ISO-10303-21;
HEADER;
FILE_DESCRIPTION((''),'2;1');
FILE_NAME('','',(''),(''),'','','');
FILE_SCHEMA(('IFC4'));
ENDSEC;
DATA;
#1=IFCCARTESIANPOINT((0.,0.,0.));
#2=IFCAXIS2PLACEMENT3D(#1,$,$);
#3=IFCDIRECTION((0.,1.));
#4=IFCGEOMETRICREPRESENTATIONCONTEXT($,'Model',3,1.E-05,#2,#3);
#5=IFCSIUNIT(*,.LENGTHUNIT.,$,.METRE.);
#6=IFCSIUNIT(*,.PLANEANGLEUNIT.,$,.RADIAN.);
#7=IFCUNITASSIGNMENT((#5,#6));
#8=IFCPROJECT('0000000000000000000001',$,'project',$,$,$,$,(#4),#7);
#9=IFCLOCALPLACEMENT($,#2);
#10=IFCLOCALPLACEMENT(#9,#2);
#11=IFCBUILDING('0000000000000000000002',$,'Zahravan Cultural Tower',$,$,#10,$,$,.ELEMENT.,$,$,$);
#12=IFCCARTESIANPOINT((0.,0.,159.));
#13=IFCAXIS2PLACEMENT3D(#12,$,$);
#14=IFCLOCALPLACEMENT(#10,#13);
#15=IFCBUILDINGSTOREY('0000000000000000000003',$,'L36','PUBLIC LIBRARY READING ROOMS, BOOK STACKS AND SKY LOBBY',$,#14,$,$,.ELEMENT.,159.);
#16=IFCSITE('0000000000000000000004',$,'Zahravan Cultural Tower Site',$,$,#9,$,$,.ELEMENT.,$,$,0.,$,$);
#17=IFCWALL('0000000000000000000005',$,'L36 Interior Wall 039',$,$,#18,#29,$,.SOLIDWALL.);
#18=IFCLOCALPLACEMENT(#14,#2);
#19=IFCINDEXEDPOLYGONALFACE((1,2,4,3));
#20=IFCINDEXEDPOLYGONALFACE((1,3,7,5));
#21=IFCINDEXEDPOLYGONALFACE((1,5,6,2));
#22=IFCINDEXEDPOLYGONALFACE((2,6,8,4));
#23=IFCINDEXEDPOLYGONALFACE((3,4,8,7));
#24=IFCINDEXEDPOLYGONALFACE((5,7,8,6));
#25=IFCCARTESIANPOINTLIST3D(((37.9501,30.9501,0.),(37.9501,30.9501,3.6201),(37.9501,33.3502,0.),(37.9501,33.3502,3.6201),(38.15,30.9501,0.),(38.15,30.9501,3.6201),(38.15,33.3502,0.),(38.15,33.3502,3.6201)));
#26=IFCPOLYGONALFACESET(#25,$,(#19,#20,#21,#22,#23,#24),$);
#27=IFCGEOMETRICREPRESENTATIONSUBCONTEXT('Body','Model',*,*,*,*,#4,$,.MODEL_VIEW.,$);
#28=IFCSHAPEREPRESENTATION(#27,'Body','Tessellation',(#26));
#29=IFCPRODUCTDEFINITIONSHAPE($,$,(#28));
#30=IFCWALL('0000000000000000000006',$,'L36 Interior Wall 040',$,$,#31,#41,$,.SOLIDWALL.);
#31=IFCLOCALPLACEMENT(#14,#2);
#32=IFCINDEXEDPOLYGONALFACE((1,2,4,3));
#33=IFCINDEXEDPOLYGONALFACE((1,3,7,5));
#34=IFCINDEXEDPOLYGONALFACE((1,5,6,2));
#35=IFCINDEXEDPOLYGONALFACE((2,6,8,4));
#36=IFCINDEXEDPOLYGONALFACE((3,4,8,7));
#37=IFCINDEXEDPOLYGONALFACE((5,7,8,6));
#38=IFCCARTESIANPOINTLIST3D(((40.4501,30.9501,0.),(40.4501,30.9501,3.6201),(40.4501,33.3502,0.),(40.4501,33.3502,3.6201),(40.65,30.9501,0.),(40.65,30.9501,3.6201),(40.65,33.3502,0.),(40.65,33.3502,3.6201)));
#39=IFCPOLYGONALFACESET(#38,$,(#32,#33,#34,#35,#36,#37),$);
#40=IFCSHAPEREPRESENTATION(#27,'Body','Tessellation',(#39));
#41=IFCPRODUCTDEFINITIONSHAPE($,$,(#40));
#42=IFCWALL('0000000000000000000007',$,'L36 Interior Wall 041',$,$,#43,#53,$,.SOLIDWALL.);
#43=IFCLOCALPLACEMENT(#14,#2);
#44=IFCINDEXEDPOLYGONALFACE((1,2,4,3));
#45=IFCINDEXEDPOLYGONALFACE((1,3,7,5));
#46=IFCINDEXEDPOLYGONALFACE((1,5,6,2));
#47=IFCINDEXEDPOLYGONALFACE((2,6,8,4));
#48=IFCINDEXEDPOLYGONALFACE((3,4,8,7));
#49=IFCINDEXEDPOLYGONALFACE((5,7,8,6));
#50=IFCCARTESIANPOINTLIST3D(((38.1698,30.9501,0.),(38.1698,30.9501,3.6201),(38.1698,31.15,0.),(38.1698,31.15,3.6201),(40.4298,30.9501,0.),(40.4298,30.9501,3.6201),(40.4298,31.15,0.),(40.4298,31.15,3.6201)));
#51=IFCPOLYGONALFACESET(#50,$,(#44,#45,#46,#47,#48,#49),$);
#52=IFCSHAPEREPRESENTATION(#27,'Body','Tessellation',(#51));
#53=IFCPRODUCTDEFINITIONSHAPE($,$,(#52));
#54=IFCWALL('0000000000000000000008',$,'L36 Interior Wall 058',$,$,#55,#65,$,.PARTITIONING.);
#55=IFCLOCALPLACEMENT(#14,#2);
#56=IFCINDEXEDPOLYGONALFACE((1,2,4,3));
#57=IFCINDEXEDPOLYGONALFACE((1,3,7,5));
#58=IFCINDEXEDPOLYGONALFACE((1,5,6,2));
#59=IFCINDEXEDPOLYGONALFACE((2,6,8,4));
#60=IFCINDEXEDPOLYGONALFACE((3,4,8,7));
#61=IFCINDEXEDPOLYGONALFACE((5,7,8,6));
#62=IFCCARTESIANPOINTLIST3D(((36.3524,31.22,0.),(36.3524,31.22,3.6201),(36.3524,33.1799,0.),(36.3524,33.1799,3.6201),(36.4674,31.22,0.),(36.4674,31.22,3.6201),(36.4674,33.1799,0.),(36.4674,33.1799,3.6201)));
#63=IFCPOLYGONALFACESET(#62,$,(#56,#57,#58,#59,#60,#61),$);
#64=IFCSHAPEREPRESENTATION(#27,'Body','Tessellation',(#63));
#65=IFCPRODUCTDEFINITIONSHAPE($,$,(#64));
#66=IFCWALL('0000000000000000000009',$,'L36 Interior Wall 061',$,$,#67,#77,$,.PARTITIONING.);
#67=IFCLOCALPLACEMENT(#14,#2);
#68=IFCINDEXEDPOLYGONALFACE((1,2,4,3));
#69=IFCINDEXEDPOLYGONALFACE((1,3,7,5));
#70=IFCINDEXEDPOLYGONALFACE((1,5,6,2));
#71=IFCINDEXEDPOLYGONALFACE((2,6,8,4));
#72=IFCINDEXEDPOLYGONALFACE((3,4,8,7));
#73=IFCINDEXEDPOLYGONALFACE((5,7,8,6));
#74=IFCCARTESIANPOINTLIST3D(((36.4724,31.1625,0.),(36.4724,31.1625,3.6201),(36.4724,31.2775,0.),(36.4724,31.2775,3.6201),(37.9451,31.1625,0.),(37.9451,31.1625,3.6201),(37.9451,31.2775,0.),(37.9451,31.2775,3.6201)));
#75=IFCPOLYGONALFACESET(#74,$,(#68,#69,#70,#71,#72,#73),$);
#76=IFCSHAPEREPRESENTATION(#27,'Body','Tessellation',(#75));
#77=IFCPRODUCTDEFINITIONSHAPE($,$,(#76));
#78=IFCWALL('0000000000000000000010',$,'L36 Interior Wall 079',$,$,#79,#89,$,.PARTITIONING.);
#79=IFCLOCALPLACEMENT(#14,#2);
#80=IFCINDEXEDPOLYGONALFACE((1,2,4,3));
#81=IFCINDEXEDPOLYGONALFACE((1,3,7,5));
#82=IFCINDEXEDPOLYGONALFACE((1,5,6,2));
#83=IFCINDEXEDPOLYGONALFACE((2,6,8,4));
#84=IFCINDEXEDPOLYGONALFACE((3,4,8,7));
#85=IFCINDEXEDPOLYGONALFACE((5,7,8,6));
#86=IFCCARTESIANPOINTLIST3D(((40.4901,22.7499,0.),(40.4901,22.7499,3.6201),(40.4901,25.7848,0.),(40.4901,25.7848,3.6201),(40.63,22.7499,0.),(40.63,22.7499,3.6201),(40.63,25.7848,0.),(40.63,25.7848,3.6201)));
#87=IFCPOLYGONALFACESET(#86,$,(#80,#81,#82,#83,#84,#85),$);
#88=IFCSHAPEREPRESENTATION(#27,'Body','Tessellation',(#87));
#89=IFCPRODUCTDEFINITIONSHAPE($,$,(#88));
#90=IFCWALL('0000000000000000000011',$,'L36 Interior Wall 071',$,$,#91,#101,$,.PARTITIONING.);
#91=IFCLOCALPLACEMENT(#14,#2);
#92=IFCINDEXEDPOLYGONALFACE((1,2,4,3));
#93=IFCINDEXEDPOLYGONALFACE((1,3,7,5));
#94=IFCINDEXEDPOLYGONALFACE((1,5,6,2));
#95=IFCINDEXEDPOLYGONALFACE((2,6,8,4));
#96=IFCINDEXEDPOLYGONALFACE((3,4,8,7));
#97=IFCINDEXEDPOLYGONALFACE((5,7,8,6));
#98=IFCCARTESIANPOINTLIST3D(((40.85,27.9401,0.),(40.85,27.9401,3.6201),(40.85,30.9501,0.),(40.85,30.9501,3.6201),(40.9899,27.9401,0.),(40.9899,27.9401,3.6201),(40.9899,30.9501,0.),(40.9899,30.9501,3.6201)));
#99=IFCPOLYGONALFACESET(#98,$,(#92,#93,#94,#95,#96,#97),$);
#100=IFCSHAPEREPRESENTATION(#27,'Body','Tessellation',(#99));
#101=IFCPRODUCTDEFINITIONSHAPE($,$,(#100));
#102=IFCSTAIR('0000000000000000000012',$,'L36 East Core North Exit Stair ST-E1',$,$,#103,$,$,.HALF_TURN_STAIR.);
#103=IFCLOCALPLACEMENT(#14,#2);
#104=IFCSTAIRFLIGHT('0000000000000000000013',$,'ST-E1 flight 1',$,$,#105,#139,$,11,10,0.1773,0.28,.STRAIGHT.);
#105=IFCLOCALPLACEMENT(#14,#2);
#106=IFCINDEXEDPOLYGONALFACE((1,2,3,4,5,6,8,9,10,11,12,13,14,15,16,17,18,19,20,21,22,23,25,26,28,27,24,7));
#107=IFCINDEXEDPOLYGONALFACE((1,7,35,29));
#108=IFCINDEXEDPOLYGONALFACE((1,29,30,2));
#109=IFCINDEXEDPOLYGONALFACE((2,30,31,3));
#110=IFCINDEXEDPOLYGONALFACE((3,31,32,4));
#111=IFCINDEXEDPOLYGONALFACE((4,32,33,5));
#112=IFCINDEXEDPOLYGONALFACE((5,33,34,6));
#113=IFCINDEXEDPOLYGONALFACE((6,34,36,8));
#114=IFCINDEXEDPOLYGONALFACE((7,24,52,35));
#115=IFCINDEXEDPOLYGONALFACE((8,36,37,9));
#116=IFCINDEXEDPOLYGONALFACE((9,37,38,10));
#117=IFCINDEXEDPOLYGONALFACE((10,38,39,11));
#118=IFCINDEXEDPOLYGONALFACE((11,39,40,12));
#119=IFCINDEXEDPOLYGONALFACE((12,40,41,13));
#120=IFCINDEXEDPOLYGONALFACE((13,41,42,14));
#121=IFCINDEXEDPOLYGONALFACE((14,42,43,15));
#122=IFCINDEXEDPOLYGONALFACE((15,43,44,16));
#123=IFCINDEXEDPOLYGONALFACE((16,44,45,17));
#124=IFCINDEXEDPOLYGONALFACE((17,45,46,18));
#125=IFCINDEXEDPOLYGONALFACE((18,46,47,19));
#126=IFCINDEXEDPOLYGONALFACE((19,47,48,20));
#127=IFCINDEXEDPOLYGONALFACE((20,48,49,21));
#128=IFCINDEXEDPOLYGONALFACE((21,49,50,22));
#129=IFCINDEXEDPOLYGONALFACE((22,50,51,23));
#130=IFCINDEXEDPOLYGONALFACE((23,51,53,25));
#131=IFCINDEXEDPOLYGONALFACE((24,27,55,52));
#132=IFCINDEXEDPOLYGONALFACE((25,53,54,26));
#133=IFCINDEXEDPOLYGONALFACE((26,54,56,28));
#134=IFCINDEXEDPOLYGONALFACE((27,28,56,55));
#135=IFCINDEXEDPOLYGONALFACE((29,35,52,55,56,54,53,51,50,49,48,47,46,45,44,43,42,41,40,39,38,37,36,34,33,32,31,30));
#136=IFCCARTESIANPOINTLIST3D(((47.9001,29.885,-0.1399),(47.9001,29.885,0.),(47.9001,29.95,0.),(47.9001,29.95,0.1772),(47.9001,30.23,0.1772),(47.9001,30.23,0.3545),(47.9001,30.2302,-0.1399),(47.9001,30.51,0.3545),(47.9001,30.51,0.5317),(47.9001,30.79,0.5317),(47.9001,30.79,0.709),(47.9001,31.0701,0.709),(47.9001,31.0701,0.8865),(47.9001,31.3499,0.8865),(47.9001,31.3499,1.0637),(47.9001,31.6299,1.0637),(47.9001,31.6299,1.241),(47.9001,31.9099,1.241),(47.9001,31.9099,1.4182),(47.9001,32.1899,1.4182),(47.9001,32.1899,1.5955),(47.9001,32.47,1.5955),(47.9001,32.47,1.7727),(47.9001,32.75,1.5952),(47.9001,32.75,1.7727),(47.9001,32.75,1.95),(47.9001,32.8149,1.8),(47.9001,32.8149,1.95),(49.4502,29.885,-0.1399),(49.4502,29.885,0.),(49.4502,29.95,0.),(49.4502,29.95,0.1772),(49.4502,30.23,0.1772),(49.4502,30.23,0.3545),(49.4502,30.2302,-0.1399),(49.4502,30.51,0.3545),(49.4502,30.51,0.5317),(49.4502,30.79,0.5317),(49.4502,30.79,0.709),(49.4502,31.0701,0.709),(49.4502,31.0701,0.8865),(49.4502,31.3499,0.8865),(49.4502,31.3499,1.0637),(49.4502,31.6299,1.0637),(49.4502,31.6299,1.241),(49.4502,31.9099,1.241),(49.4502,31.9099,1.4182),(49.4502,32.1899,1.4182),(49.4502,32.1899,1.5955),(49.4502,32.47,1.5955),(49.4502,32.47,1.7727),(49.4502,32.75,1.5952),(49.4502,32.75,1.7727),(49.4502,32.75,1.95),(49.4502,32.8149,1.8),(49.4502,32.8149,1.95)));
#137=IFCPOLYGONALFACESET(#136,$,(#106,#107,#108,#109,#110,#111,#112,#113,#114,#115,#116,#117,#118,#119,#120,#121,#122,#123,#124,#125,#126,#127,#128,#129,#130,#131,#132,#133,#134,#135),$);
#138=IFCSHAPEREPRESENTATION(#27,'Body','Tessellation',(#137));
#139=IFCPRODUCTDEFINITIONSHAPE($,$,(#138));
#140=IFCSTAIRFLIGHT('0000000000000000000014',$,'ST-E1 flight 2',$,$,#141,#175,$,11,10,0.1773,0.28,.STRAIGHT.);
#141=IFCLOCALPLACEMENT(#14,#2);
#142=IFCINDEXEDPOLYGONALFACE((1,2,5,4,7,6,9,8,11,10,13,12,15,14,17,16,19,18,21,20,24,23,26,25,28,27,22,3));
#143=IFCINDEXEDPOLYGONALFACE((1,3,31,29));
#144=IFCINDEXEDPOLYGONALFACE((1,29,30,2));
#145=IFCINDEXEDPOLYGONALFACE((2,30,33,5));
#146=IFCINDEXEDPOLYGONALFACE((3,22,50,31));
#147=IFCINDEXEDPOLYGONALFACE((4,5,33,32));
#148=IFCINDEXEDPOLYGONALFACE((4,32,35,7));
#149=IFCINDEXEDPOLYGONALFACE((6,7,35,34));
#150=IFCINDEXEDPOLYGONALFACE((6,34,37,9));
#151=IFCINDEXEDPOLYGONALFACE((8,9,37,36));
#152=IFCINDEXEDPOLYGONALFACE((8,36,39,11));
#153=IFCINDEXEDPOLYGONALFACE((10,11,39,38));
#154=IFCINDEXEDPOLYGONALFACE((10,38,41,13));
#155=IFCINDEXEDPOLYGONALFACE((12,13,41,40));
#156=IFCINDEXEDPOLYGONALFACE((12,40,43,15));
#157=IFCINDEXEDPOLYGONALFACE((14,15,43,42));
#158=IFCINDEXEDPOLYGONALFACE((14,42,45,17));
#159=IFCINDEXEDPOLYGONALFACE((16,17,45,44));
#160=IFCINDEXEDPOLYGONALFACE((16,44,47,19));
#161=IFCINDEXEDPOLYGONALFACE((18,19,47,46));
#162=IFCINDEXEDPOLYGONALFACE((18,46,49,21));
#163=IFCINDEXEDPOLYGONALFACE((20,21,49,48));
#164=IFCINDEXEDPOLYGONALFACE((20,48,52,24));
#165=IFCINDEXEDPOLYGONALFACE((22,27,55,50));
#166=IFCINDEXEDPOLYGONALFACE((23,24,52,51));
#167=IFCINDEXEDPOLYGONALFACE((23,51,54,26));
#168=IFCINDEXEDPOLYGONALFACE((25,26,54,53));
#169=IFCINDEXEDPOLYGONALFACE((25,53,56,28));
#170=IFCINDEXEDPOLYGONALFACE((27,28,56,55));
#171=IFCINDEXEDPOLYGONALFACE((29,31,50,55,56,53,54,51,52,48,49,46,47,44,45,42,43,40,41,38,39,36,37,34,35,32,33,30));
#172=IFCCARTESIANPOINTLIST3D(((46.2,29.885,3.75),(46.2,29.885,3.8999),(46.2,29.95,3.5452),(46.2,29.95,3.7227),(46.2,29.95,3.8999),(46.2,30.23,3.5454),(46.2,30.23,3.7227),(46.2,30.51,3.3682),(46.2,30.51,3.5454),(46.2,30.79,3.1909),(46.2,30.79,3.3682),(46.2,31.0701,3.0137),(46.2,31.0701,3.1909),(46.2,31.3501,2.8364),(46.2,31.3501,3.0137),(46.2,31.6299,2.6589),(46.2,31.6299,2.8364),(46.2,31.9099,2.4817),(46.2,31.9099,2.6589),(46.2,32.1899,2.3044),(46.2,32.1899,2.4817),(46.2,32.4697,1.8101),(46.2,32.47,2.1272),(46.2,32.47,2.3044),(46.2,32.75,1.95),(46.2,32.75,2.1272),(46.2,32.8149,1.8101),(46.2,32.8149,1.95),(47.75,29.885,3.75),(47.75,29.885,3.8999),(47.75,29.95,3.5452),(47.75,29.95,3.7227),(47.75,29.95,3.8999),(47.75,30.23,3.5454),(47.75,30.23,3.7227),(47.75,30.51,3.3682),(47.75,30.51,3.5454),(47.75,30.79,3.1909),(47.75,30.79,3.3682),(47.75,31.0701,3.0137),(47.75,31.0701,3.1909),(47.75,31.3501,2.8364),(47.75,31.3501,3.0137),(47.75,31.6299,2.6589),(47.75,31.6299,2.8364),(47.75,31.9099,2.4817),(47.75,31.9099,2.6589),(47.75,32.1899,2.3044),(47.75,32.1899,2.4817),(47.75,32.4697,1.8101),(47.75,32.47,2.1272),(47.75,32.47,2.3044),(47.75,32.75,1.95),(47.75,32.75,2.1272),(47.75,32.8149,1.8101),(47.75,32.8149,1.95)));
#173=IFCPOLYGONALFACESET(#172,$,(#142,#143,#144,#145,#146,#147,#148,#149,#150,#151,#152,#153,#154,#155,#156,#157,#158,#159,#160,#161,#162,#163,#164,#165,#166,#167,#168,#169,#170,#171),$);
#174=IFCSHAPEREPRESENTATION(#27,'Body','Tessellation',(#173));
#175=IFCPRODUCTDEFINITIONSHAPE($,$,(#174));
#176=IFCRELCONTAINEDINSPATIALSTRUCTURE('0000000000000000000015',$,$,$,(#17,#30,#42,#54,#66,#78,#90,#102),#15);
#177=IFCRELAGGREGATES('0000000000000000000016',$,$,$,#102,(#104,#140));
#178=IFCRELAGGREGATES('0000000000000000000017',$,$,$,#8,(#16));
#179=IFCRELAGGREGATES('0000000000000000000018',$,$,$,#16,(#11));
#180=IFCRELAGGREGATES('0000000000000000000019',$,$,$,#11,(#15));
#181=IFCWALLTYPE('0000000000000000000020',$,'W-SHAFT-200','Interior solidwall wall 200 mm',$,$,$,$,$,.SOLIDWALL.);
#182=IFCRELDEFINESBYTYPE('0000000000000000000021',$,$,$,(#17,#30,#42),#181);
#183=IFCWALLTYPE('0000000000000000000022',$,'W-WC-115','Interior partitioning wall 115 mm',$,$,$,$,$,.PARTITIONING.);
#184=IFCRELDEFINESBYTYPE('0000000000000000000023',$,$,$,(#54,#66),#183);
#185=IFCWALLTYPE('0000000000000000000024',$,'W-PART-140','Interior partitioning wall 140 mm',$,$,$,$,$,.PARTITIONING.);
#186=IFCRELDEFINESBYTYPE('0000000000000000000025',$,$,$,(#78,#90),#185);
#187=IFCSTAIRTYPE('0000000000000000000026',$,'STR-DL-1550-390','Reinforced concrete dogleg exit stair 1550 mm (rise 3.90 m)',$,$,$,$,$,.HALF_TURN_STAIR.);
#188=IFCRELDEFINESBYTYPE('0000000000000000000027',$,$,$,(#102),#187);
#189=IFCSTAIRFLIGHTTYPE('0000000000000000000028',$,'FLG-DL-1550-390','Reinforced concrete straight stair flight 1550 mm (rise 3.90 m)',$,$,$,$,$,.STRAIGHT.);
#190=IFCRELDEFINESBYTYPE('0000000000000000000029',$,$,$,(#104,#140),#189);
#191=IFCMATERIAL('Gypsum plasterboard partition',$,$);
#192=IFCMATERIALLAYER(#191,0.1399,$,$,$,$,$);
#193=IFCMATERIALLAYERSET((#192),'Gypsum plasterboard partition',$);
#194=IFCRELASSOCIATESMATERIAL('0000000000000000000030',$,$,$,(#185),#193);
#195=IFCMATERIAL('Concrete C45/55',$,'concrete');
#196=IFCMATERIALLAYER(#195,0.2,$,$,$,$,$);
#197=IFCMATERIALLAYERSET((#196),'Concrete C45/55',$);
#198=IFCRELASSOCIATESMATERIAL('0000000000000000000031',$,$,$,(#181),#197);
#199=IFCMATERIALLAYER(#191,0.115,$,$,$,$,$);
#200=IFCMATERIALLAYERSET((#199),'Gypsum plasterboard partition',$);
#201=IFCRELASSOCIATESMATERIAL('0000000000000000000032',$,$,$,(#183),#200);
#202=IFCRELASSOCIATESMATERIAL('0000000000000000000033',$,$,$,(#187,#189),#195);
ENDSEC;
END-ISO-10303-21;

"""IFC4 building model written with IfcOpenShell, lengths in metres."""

from ifc_helpers import new_model, si_unit, direction, frame, frame_2d, origin, place, context, subcontext, project, spatial, polyline, rectangle, outline, extrude, source, transform, mapped, material, layer, layer_set, type_object, element, aggregate, save


model = new_model("IFC4")

# Units and contexts
model_context = context("Model", 3, precision=1e-05, world=origin(), true_north=direction((0.0, 1.0)))
body_context = subcontext(model_context, "Body", "Model", "MODEL_VIEW")
ifc_project = project(units=[si_unit("LENGTHUNIT", "METRE"), si_unit("PLANEANGLEUNIT", "RADIAN")], contexts=[model_context])

# Site, building, storey
site_placement = place(None, origin())
site = spatial("IfcSite", under=ifc_project, at=site_placement, Name="Zahravan Cultural Tower Site", CompositionType="ELEMENT", RefElevation=0.0)
building_placement = place(site_placement, origin())
building = spatial("IfcBuilding", under=site, at=building_placement, Name="Zahravan Cultural Tower", CompositionType="ELEMENT")
storey_placement = place(building_placement, frame((0.0, 0.0, 159.0)))
storey = spatial("IfcBuildingStorey", under=building, at=storey_placement, Name="L36", Description="PUBLIC LIBRARY READING ROOMS, BOOK STACKS AND SKY LOBBY", CompositionType="ELEMENT", Elevation=159.0)

# Shared definitions
ifc_material_1 = material(Name="Gypsum plasterboard partition")
ifc_layer_1 = layer(ifc_material_1, 0.1399)
ifc_layer_set_1 = layer_set([ifc_layer_1], Name="Gypsum plasterboard partition")
wall_type_1 = type_object("IfcWallType", Name="W-PART-140", Description="Interior partitioning wall 140 mm", PredefinedType="PARTITIONING", material=ifc_layer_set_1)
ifc_material_2 = material(Name="Concrete C45/55", Category="concrete")
ifc_layer_2 = layer(ifc_material_2, 0.2)
ifc_layer_set_2 = layer_set([ifc_layer_2], Name="Concrete C45/55")
wall_type_2 = type_object("IfcWallType", Name="W-SHAFT-200", Description="Interior solidwall wall 200 mm", PredefinedType="SOLIDWALL", material=ifc_layer_set_2)

# Walls
shared_shape_1 = source(origin(), body_context, "Body", "SweptSolid", [
    extrude(rectangle(XDim=2.4001, YDim=0.2, at=frame_2d((1.2002, 0.0))), origin(), (0.0, 0.0, 1.0), 3.6201),
])
for number, where, z_axis, x_axis, name in (
    (1, (38.05, 30.95, 0.0), (0.0, 0.0, 1.0), (0.0, 1.0, 0.0), "L36 Interior Wall 039"),
    (2, (40.55, 30.95, 0.0), (0.0, 0.0, 1.0), (0.0, 1.0, 0.0), "L36 Interior Wall 040"),
):
    element("IfcWall", number, at=place(storey_placement, frame(where, z_axis=z_axis, x_axis=x_axis)), inside=storey, type_object=wall_type_2, Name=name, PredefinedType="SOLIDWALL", context=body_context, shape_type="MappedRepresentation", body=[
        mapped(shared_shape_1, transform((0.0, 0.0, 0.0), x_axis=(1.0, 0.0, 0.0), y_axis=(0.0, 1.0, 0.0), z_axis=(0.0, 0.0, 1.0), scale=1.0)),
    ])
shared_shape_2 = source(origin(), body_context, "Body", "SweptSolid", [
    extrude(rectangle(XDim=2.26, YDim=0.2, at=frame_2d((1.1299, 0.0))), origin(), (0.0, 0.0, 1.0), 3.6201),
])
wall_1_placement = place(storey_placement, frame((38.1699, 31.05, 0.0), z_axis=(0.0, 0.0, 1.0), x_axis=(1.0, 0.0, 0.0)))
element("IfcWall", 3, at=wall_1_placement, inside=storey, type_object=wall_type_2, Name="L36 Interior Wall 041", PredefinedType="SOLIDWALL", context=body_context, shape_type="MappedRepresentation", body=[
    mapped(shared_shape_2, transform((0.0, 0.0, 0.0), x_axis=(1.0, 0.0, 0.0), y_axis=(0.0, 1.0, 0.0), z_axis=(0.0, 0.0, 1.0), scale=1.0)),
])
ifc_layer_3 = layer(ifc_material_1, 0.115)
ifc_layer_set_3 = layer_set([ifc_layer_3], Name="Gypsum plasterboard partition")
wall_type_3 = type_object("IfcWallType", Name="W-WC-115", Description="Interior partitioning wall 115 mm", PredefinedType="PARTITIONING", material=ifc_layer_set_3)
shared_shape_3 = source(origin(), body_context, "Body", "SweptSolid", [
    extrude(rectangle(XDim=1.96, YDim=0.115, at=frame_2d((0.98, 0.0))), origin(), (0.0, 0.0, 1.0), 3.6201),
])
wall_2_placement = place(storey_placement, frame((36.4099, 33.1799, 0.0), z_axis=(0.0, 0.0, 1.0), x_axis=(0.0, -1.0, 0.0)))
element("IfcWall", 4, at=wall_2_placement, inside=storey, type_object=wall_type_3, Name="L36 Interior Wall 058", PredefinedType="PARTITIONING", context=body_context, shape_type="MappedRepresentation", body=[
    mapped(shared_shape_3, transform((0.0, 0.0, 0.0), x_axis=(1.0, 0.0, 0.0), y_axis=(0.0, 1.0, 0.0), z_axis=(0.0, 0.0, 1.0), scale=1.0)),
])
shared_shape_4 = source(origin(), body_context, "Body", "SweptSolid", [
    extrude(rectangle(XDim=1.4727, YDim=0.115, at=frame_2d((0.7363, 0.0))), origin(), (0.0, 0.0, 1.0), 3.6201),
])
wall_3_placement = place(storey_placement, frame((37.9451, 31.22, 0.0), z_axis=(0.0, 0.0, 1.0), x_axis=(-1.0, 0.0, 0.0)))
element("IfcWall", 5, at=wall_3_placement, inside=storey, type_object=wall_type_3, Name="L36 Interior Wall 061", PredefinedType="PARTITIONING", context=body_context, shape_type="MappedRepresentation", body=[
    mapped(shared_shape_4, transform((0.0, 0.0, 0.0), x_axis=(1.0, 0.0, 0.0), y_axis=(0.0, 1.0, 0.0), z_axis=(0.0, 0.0, 1.0), scale=1.0)),
])
shared_shape_5 = source(origin(), body_context, "Body", "SweptSolid", [
    extrude(rectangle(XDim=3.0349, YDim=0.1399, at=frame_2d((1.5176, 0.0))), origin(), (0.0, 0.0, 1.0), 3.6201),
])
wall_4_placement = place(storey_placement, frame((40.5601, 25.7849, 0.0), z_axis=(0.0, 0.0, 1.0), x_axis=(0.0, -1.0, 0.0)))
element("IfcWall", 6, at=wall_4_placement, inside=storey, type_object=wall_type_1, Name="L36 Interior Wall 079", PredefinedType="PARTITIONING", context=body_context, shape_type="MappedRepresentation", body=[
    mapped(shared_shape_5, transform((0.0, 0.0, 0.0), x_axis=(1.0, 0.0, 0.0), y_axis=(0.0, 1.0, 0.0), z_axis=(0.0, 0.0, 1.0), scale=1.0)),
])
shared_shape_6 = source(origin(), body_context, "Body", "SweptSolid", [
    extrude(rectangle(XDim=3.01, YDim=0.1399, at=frame_2d((1.5049, 0.0))), origin(), (0.0, 0.0, 1.0), 3.6201),
])
wall_5_placement = place(storey_placement, frame((40.9199, 30.95, 0.0), z_axis=(0.0, 0.0, 1.0), x_axis=(0.0, -1.0, 0.0)))
element("IfcWall", 7, at=wall_5_placement, inside=storey, type_object=wall_type_1, Name="L36 Interior Wall 071", PredefinedType="PARTITIONING", context=body_context, shape_type="MappedRepresentation", body=[
    mapped(shared_shape_6, transform((0.0, 0.0, 0.0), x_axis=(1.0, 0.0, 0.0), y_axis=(0.0, 1.0, 0.0), z_axis=(0.0, 0.0, 1.0), scale=1.0)),
])

# Stair, stair flights
stair_type = type_object("IfcStairType", Name="STR-DL-1550-390", Description="Reinforced concrete dogleg exit stair 1550 mm (rise 3.90 m)", PredefinedType="HALF_TURN_STAIR", material=ifc_material_2)
stair_placement = place(storey_placement, origin())
stair = element("IfcStair", 8, at=stair_placement, inside=storey, type_object=stair_type, Name="L36 East Core North Exit Stair ST-E1", PredefinedType="HALF_TURN_STAIR")
stair_flight_type = type_object("IfcStairFlightType", Name="FLG-DL-1550-390", Description="Reinforced concrete straight stair flight 1550 mm (rise 3.90 m)", PredefinedType="STRAIGHT", material=ifc_material_2)
stair_flight_1_placement = place(storey_placement, frame((48.675, 29.95, 0.0), z_axis=(0.0, 0.0, 1.0), x_axis=(0.0, 1.0, 0.0)))
stair_flight_1 = element("IfcStairFlight", 9, at=stair_flight_1_placement, type_object=stair_flight_type, Name="ST-E1 flight 1", NumberOfRisers=11, NumberOfTreads=10, PredefinedType="STRAIGHT", RiserHeight=0.1773, TreadLength=0.28, context=body_context, shape_type="SweptSolid", body=[
    extrude(outline(polyline([(-0.0649, -0.1399), (-0.0649, 0.0), (0.0, 0.0), (0.0, 0.1772), (0.28, 0.1772), (0.28, 0.3545), (0.5601, 0.3545), (0.5601, 0.5317), (0.8401, 0.5317), (0.8401, 0.709), (1.1201, 0.709), (1.1201, 0.8865), (1.3999, 0.8865), (1.3999, 1.0637), (1.6799, 1.0637), (1.6799, 1.241), (1.96, 1.241), (1.96, 1.4182), (2.24, 1.4182), (2.24, 1.5955), (2.52, 1.5955), (2.52, 1.7727), (2.8, 1.7727), (2.8, 1.95), (2.865, 1.95), (2.865, 1.8), (2.8, 1.5952), (0.2803, -0.1399), (-0.0649, -0.1399)])), frame((0.0, 0.7749, 0.0), z_axis=(0.0, -1.0, 0.0), x_axis=(1.0, 0.0, 0.0)), (0.0, 0.0, 1.0), 1.55),
])
stair_flight_2_placement = place(storey_placement, frame((46.9751, 32.75, 1.95), z_axis=(0.0, 0.0, 1.0), x_axis=(0.0, -1.0, 0.0)))
stair_flight_2 = element("IfcStairFlight", 10, at=stair_flight_2_placement, type_object=stair_flight_type, Name="ST-E1 flight 2", NumberOfRisers=11, NumberOfTreads=10, PredefinedType="STRAIGHT", RiserHeight=0.1773, TreadLength=0.28, context=body_context, shape_type="SweptSolid", body=[
    extrude(outline(polyline([(-0.0649, -0.1399), (-0.0649, 0.0), (0.0, 0.0), (0.0, 0.1772), (0.28, 0.1772), (0.28, 0.3545), (0.5601, 0.3545), (0.5601, 0.5317), (0.8401, 0.5317), (0.8401, 0.709), (1.1201, 0.709), (1.1201, 0.8865), (1.3999, 0.8865), (1.3999, 1.0637), (1.6799, 1.0637), (1.6799, 1.241), (1.96, 1.241), (1.96, 1.4182), (2.24, 1.4182), (2.24, 1.5955), (2.52, 1.5955), (2.52, 1.7727), (2.8, 1.7727), (2.8, 1.95), (2.865, 1.95), (2.865, 1.8), (2.8, 1.5952), (0.2803, -0.1399), (-0.0649, -0.1399)])), frame((0.0, 0.7749, 0.0), z_axis=(0.0, -1.0, 0.0), x_axis=(1.0, 0.0, 0.0)), (0.0, 0.0, 1.0), 1.55),
])
aggregate(stair, [stair_flight_1, stair_flight_2])

save(model, "model.ifc")
